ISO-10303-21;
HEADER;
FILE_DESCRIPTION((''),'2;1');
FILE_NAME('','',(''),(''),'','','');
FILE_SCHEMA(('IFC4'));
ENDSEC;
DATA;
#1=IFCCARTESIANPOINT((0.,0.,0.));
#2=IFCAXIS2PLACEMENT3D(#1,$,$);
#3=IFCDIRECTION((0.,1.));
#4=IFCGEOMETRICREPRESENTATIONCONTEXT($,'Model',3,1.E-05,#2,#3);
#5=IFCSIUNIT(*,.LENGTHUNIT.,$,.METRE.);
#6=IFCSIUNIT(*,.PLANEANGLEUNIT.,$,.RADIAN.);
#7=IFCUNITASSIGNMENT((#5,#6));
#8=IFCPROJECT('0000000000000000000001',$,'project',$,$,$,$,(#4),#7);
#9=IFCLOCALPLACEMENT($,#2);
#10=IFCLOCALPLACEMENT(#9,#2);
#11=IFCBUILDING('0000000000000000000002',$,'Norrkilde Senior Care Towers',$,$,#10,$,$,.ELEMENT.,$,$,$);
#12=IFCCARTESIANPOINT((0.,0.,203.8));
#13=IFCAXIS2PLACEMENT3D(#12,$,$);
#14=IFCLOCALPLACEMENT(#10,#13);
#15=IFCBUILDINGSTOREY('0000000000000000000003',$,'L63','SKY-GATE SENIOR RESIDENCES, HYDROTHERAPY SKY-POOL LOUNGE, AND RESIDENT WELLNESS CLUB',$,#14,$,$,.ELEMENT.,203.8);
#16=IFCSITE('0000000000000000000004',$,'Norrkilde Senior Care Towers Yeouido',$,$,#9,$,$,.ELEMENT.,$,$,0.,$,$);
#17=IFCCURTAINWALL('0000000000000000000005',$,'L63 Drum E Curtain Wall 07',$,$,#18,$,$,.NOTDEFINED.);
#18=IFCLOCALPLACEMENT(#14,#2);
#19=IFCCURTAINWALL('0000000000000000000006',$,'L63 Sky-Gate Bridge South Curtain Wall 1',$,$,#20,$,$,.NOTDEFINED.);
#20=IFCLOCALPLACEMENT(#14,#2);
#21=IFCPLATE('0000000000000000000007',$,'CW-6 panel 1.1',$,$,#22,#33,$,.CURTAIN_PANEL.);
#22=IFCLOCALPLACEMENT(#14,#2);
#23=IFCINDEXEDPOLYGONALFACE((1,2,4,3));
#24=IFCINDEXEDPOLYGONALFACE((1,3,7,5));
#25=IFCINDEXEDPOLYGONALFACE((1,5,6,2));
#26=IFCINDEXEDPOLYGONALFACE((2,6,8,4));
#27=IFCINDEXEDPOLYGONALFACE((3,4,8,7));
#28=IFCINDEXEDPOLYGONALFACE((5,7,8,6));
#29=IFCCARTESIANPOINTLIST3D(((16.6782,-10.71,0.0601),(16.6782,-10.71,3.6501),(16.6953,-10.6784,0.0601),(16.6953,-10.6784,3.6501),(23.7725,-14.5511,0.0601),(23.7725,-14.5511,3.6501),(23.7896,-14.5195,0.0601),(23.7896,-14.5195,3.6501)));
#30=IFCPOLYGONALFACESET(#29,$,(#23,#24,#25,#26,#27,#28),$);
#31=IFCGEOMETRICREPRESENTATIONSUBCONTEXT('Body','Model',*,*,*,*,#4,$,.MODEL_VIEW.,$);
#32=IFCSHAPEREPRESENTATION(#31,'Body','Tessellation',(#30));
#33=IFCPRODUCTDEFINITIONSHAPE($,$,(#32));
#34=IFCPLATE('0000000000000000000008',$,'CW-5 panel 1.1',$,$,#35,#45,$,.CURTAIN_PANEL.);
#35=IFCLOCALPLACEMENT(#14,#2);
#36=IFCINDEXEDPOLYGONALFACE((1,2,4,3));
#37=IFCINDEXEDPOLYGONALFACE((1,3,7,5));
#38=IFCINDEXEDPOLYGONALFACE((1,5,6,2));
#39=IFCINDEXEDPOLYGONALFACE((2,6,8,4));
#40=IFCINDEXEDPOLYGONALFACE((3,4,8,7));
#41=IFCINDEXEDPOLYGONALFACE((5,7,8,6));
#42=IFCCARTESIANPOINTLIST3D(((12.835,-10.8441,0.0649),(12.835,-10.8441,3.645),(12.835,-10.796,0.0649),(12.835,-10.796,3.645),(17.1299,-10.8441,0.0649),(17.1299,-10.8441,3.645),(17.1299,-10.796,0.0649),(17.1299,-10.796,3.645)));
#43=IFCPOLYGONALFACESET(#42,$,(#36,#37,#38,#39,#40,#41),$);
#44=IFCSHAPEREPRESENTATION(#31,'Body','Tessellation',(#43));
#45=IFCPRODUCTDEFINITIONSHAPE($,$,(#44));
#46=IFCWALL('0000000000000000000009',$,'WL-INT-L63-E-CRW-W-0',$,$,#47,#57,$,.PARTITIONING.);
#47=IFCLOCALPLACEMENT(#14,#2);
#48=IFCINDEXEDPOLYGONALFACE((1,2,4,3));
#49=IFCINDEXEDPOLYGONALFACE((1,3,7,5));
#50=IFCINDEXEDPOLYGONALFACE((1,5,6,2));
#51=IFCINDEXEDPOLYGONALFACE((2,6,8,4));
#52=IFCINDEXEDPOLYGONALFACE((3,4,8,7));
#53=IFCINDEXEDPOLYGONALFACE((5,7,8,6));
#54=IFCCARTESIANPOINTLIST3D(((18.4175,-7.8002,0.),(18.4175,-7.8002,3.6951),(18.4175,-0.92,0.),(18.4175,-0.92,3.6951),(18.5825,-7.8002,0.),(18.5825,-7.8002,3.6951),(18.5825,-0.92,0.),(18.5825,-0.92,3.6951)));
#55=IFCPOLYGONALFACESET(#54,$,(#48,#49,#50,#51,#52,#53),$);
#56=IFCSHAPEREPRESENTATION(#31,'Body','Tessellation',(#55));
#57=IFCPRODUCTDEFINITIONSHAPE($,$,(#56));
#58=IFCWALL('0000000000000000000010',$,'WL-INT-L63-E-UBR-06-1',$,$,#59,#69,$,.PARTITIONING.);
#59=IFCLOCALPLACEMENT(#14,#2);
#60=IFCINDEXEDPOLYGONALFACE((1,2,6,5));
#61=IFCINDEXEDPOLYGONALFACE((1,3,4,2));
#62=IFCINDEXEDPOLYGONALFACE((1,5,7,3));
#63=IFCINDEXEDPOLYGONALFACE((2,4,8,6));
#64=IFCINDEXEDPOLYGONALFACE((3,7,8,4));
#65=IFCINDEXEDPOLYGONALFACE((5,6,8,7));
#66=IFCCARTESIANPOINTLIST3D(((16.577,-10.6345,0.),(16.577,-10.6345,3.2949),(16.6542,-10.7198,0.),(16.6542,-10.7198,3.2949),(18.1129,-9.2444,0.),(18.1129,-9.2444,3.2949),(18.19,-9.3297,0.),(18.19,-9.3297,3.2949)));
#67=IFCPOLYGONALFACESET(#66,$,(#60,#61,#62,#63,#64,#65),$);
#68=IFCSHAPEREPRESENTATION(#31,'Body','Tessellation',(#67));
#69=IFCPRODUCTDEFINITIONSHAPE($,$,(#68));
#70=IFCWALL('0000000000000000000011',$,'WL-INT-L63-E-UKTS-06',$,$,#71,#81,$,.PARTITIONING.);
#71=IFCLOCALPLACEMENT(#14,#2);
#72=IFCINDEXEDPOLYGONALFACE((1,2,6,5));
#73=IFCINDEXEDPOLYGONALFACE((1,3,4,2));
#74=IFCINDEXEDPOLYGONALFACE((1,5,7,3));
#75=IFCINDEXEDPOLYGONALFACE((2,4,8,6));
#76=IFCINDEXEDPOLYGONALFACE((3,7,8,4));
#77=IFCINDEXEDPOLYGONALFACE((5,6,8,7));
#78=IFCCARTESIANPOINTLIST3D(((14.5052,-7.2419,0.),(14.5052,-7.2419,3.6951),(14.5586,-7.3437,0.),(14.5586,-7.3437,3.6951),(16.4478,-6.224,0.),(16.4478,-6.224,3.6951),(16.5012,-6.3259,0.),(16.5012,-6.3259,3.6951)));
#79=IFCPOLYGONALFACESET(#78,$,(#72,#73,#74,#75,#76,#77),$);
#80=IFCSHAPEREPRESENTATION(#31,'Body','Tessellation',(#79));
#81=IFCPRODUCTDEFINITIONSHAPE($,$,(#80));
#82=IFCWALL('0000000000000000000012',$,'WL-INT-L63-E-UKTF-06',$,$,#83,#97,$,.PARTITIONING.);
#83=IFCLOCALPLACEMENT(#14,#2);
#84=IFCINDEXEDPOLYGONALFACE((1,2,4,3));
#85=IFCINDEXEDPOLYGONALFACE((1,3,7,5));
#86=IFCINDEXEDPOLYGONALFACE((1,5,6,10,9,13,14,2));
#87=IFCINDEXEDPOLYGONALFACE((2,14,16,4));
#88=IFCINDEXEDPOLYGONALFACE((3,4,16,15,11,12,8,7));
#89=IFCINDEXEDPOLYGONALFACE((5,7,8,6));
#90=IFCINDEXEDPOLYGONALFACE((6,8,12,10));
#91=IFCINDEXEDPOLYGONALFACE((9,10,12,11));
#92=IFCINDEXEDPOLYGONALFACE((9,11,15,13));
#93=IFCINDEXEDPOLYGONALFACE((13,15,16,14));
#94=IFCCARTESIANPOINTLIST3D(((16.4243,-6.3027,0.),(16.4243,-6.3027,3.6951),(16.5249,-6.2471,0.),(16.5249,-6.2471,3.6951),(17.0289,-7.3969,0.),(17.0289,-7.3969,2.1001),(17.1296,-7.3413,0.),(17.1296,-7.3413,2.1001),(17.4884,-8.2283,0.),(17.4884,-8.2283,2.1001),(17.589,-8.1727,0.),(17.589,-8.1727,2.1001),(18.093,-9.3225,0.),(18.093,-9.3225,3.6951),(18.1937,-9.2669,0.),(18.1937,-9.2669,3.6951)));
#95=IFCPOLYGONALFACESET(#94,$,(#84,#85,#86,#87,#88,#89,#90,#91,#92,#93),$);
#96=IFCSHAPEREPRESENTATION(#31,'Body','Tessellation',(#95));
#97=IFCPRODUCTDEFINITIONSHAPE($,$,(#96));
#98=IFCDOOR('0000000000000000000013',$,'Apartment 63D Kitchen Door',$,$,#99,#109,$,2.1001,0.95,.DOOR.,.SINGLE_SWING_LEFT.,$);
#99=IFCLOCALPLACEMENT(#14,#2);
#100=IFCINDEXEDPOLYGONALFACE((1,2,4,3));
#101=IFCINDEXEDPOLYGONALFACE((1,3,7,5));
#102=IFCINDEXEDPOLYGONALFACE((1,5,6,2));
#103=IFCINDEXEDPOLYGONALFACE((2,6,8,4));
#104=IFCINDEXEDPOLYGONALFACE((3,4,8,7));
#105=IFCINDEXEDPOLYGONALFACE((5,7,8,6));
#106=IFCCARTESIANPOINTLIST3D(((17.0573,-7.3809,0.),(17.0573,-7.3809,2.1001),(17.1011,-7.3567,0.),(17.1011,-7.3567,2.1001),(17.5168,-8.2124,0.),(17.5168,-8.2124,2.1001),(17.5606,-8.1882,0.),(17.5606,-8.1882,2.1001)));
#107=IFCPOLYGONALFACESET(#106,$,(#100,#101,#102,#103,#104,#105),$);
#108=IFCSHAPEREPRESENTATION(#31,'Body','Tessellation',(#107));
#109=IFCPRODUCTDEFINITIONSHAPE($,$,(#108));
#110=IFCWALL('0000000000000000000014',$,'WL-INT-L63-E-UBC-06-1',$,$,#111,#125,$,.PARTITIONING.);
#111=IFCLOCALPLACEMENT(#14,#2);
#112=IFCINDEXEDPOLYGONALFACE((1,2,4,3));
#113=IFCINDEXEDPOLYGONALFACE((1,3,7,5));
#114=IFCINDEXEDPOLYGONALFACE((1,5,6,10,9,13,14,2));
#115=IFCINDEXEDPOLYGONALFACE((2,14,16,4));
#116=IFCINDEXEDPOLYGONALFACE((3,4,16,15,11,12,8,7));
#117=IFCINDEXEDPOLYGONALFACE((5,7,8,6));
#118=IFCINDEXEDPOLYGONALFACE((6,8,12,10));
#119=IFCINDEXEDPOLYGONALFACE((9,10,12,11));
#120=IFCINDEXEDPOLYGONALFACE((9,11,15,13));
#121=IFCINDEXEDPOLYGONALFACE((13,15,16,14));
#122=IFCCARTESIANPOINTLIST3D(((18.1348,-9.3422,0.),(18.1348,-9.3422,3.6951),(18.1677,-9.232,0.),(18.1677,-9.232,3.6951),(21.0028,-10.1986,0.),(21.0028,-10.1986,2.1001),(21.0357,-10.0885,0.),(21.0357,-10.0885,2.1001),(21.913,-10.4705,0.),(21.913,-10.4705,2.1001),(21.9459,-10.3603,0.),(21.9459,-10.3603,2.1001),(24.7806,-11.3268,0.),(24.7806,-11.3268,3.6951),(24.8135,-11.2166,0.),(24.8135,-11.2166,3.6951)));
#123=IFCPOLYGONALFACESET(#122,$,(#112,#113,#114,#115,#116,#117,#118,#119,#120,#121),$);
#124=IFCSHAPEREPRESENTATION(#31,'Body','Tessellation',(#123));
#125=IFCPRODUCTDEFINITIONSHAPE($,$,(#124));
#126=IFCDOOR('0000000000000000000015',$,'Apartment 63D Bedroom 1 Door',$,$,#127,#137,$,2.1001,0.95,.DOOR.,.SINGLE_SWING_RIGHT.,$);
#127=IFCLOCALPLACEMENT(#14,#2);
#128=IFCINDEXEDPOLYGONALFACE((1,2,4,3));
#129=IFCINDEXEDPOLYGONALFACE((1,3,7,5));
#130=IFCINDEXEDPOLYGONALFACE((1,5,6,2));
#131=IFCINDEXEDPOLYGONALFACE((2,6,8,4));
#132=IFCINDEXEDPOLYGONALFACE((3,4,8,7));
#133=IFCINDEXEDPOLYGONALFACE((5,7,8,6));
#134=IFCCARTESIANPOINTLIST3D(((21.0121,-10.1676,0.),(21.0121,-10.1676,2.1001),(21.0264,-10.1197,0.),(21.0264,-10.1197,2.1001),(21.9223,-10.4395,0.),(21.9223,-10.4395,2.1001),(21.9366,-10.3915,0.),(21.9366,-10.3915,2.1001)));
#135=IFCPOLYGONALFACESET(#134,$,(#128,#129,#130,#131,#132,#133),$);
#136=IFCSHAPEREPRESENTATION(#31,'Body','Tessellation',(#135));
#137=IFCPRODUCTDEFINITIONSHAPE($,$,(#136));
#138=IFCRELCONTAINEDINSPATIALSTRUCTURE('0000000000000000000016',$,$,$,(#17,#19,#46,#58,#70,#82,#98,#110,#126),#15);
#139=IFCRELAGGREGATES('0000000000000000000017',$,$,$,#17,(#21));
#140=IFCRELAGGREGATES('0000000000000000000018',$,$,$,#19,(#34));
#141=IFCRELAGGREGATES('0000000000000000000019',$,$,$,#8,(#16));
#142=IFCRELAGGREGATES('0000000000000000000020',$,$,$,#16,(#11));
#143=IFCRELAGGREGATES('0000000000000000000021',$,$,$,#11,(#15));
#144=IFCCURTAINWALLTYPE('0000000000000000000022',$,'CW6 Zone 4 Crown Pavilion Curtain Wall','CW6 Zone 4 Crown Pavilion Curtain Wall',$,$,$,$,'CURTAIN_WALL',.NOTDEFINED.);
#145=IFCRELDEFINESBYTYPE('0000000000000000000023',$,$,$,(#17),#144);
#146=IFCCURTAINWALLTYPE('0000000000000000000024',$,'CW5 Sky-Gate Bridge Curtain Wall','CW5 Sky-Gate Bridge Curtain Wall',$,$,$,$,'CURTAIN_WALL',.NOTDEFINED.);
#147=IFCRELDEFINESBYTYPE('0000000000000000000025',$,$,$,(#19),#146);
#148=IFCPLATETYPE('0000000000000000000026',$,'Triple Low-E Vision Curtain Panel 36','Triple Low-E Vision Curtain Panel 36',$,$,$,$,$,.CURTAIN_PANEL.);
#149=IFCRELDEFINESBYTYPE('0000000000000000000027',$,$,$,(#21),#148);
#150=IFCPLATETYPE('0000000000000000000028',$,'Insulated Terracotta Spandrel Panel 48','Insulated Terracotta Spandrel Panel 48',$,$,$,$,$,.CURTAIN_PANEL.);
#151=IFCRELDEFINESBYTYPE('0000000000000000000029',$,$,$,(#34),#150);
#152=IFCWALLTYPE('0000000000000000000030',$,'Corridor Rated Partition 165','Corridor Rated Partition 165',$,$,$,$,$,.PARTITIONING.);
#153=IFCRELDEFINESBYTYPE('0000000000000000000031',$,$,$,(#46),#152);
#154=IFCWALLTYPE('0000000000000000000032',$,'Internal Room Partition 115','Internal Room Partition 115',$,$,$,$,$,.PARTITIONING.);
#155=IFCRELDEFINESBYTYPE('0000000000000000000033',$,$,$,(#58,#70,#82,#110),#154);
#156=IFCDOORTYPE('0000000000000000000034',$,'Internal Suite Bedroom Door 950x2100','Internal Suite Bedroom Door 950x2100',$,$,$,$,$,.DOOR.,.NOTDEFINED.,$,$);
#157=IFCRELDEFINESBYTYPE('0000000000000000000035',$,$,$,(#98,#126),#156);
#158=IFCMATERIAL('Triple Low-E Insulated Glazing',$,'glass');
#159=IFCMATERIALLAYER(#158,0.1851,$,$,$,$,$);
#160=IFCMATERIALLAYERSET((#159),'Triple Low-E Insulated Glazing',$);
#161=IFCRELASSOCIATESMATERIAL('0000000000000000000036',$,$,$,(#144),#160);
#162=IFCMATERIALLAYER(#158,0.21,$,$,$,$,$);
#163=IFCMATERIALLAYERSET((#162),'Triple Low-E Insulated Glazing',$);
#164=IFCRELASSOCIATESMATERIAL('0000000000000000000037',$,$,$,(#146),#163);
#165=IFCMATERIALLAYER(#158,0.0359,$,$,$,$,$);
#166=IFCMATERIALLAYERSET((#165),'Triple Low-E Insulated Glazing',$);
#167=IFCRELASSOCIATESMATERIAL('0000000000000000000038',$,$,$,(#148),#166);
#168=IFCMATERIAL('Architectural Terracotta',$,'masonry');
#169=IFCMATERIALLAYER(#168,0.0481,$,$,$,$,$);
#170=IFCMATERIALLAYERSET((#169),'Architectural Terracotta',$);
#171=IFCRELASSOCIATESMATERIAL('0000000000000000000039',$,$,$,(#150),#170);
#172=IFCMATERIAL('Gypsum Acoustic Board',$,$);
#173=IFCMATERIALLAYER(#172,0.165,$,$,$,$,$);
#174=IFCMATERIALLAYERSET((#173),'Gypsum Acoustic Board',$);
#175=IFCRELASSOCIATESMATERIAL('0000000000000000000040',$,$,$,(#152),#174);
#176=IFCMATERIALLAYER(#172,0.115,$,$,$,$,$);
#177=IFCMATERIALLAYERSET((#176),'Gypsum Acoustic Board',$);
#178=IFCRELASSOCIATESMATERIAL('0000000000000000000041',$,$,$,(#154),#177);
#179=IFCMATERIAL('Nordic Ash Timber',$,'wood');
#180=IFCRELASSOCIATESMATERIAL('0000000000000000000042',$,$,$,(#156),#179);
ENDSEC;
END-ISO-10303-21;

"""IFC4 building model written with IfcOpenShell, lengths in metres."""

from ifc_helpers import new_model, si_unit, direction, frame, frame_2d, origin, origin_2d, place, context, subcontext, project, spatial, rectangle, extrude, source, transform, mapped, material, layer, layer_set, type_object, type_shapes, element, fill, aggregate, save


model = new_model("IFC4")

# Units and contexts
model_context = context("Model", 3, precision=1e-05, world=origin(), true_north=direction((0.0, 1.0)))
body_context = subcontext(model_context, "Body", "Model", "MODEL_VIEW")
ifc_project = project(units=[si_unit("LENGTHUNIT", "METRE"), si_unit("PLANEANGLEUNIT", "RADIAN")], contexts=[model_context])

# Site, building, storey
site_placement = place(None, origin())
site = spatial("IfcSite", under=ifc_project, at=site_placement, Name="Norrkilde Senior Care Towers Yeouido", CompositionType="ELEMENT", RefElevation=0.0)
building_placement = place(site_placement, origin())
building = spatial("IfcBuilding", under=site, at=building_placement, Name="Norrkilde Senior Care Towers", CompositionType="ELEMENT")
storey_placement = place(building_placement, frame((0.0, 0.0, 203.8)))
storey = spatial("IfcBuildingStorey", under=building, at=storey_placement, Name="L63", Description="SKY-GATE SENIOR RESIDENCES, HYDROTHERAPY SKY-POOL LOUNGE, AND RESIDENT WELLNESS CLUB", CompositionType="ELEMENT", Elevation=203.8)

# Curtain wall
ifc_material_1 = material(Name="Triple Low-E Insulated Glazing", Category="glass")
ifc_layer_1 = layer(ifc_material_1, 0.1851)
ifc_layer_set_1 = layer_set([ifc_layer_1], Name="Triple Low-E Insulated Glazing")
curtain_wall_type_1 = type_object("IfcCurtainWallType", Name="CW6 Zone 4 Crown Pavilion Curtain Wall", Description="CW6 Zone 4 Crown Pavilion Curtain Wall", ElementType="CURTAIN_WALL", PredefinedType="NOTDEFINED", material=ifc_layer_set_1)
curtain_wall_1_placement = place(storey_placement, origin())
curtain_wall_1 = element("IfcCurtainWall", 1, at=curtain_wall_1_placement, inside=storey, type_object=curtain_wall_type_1, Name="L63 Drum E Curtain Wall 07", PredefinedType="NOTDEFINED")

# Curtain wall
ifc_layer_2 = layer(ifc_material_1, 0.21)
ifc_layer_set_2 = layer_set([ifc_layer_2], Name="Triple Low-E Insulated Glazing")
curtain_wall_type_2 = type_object("IfcCurtainWallType", Name="CW5 Sky-Gate Bridge Curtain Wall", Description="CW5 Sky-Gate Bridge Curtain Wall", ElementType="CURTAIN_WALL", PredefinedType="NOTDEFINED", material=ifc_layer_set_2)
curtain_wall_2_placement = place(storey_placement, origin())
curtain_wall_2 = element("IfcCurtainWall", 2, at=curtain_wall_2_placement, inside=storey, type_object=curtain_wall_type_2, Name="L63 Sky-Gate Bridge South Curtain Wall 1", PredefinedType="NOTDEFINED")

# Plates
ifc_layer_3 = layer(ifc_material_1, 0.0359)
ifc_layer_set_3 = layer_set([ifc_layer_3], Name="Triple Low-E Insulated Glazing")
plate_type_1 = type_object("IfcPlateType", Name="Triple Low-E Vision Curtain Panel 36", Description="Triple Low-E Vision Curtain Panel 36", PredefinedType="CURTAIN_PANEL", material=ifc_layer_set_3)
shared_shape_1 = source(origin(), body_context, "Body", "SweptSolid", [
    extrude(rectangle(XDim=8.0674, YDim=0.0359, at=origin_2d()), origin(), (0.0, 0.0, 1.0), 3.5901),
])
type_shapes(plate_type_1, [shared_shape_1])
plate_1_placement = place(storey_placement, frame((20.2339, -12.6147, 0.0601), z_axis=(0.0, 0.0, 1.0), x_axis=(-0.879373, 0.476133, 0.0)))
plate_1 = element("IfcPlate", 3, at=plate_1_placement, type_object=plate_type_1, Name="CW-6 panel 1.1", PredefinedType="CURTAIN_PANEL", context=body_context, shape_type="MappedRepresentation", body=[
    mapped(shared_shape_1, transform((0.0, 0.0, 0.0), x_axis=(1.0, 0.0, 0.0), y_axis=(0.0, 1.0, 0.0), z_axis=(0.0, 0.0, 1.0), scale=1.0)),
])
aggregate(curtain_wall_1, [plate_1])
ifc_material_2 = material(Name="Architectural Terracotta", Category="masonry")
ifc_layer_4 = layer(ifc_material_2, 0.0481)
ifc_layer_set_4 = layer_set([ifc_layer_4], Name="Architectural Terracotta")
plate_type_2 = type_object("IfcPlateType", Name="Insulated Terracotta Spandrel Panel 48", Description="Insulated Terracotta Spandrel Panel 48", PredefinedType="CURTAIN_PANEL", material=ifc_layer_set_4)
shared_shape_2 = source(origin(), body_context, "Body", "SweptSolid", [
    extrude(rectangle(XDim=4.2949, YDim=0.0481, at=origin_2d()), origin(), (0.0, 0.0, 1.0), 3.5801),
])
type_shapes(plate_type_2, [shared_shape_2])
plate_2_placement = place(storey_placement, frame((14.9824, -10.8201, 0.0649), z_axis=(0.0, 0.0, 1.0), x_axis=(-1.0, 0.0, 0.0)))
plate_2 = element("IfcPlate", 4, at=plate_2_placement, type_object=plate_type_2, Name="CW-5 panel 1.1", PredefinedType="CURTAIN_PANEL", context=body_context, shape_type="MappedRepresentation", body=[
    mapped(shared_shape_2, transform((0.0, 0.0, 0.0), x_axis=(1.0, 0.0, 0.0), y_axis=(0.0, 1.0, 0.0), z_axis=(0.0, 0.0, 1.0), scale=1.0)),
])
aggregate(curtain_wall_2, [plate_2])

# Walls
ifc_material_3 = material(Name="Gypsum Acoustic Board")
ifc_layer_5 = layer(ifc_material_3, 0.165)
ifc_layer_set_5 = layer_set([ifc_layer_5], Name="Gypsum Acoustic Board")
wall_type_1 = type_object("IfcWallType", Name="Corridor Rated Partition 165", Description="Corridor Rated Partition 165", PredefinedType="PARTITIONING", material=ifc_layer_set_5)
shared_shape_3 = source(origin(), body_context, "Body", "SweptSolid", [
    extrude(rectangle(XDim=6.8801, YDim=0.165, at=frame_2d((3.4399, 0.0))), origin(), (0.0, 0.0, 1.0), 3.6951),
])
type_shapes(wall_type_1, [shared_shape_3])
wall_1_placement = place(storey_placement, frame((18.5, -7.8, 0.0), z_axis=(0.0, 0.0, 1.0), x_axis=(0.0, 1.0, 0.0)))
element("IfcWall", 5, at=wall_1_placement, inside=storey, type_object=wall_type_1, Name="WL-INT-L63-E-CRW-W-0", PredefinedType="PARTITIONING", context=body_context, shape_type="MappedRepresentation", body=[
    mapped(shared_shape_3, transform((0.0, 0.0, 0.0), x_axis=(1.0, 0.0, 0.0), y_axis=(0.0, 1.0, 0.0), z_axis=(0.0, 0.0, 1.0), scale=1.0)),
])
ifc_layer_6 = layer(ifc_material_3, 0.115)
ifc_layer_set_6 = layer_set([ifc_layer_6], Name="Gypsum Acoustic Board")
wall_type_2 = type_object("IfcWallType", Name="Internal Room Partition 115", Description="Internal Room Partition 115", PredefinedType="PARTITIONING", material=ifc_layer_set_6)
shared_shape_4 = source(origin(), body_context, "Body", "SweptSolid", [
    extrude(rectangle(XDim=2.0715, YDim=0.115, at=frame_2d((1.0356, 0.0))), origin(), (0.0, 0.0, 1.0), 3.2949),
])
wall_2_placement = place(storey_placement, frame((18.1514, -9.2871, 0.0), z_axis=(0.0, 0.0, 1.0), x_axis=(-0.74141, -0.671052, 0.0)))
element("IfcWall", 6, at=wall_2_placement, inside=storey, type_object=wall_type_2, Name="WL-INT-L63-E-UBR-06-1", PredefinedType="PARTITIONING", context=body_context, shape_type="MappedRepresentation", body=[
    mapped(shared_shape_4, transform((0.0, 0.0, 0.0), x_axis=(1.0, 0.0, 0.0), y_axis=(0.0, 1.0, 0.0), z_axis=(0.0, 0.0, 1.0), scale=1.0)),
])
shared_shape_5 = source(origin(), body_context, "Body", "SweptSolid", [
    extrude(rectangle(XDim=2.1931, YDim=0.115, at=frame_2d((1.0967, 0.0))), origin(), (0.0, 0.0, 1.0), 3.6951),
])
wall_3_placement = place(storey_placement, frame((16.4746, -6.2749, 0.0), z_axis=(0.0, 0.0, 1.0), x_axis=(-0.885784, -0.464099, 0.0)))
element("IfcWall", 7, at=wall_3_placement, inside=storey, type_object=wall_type_2, Name="WL-INT-L63-E-UKTS-06", PredefinedType="PARTITIONING", context=body_context, shape_type="MappedRepresentation", body=[
    mapped(shared_shape_5, transform((0.0, 0.0, 0.0), x_axis=(1.0, 0.0, 0.0), y_axis=(0.0, 1.0, 0.0), z_axis=(0.0, 0.0, 1.0), scale=1.0)),
])

# Walls, openings, doors
shared_shape_6 = source(origin(), body_context, "Body", "SweptSolid", [
    extrude(rectangle(XDim=3.4502, YDim=0.115, at=frame_2d((1.7251, 0.0))), origin(), (0.0, 0.0, 1.0), 3.6951),
])
wall_4_placement = place(storey_placement, frame((16.4746, -6.2749, 0.0), z_axis=(0.0, 0.0, 1.0), x_axis=(0.483659, -0.875257, 0.0)))
wall_4 = element("IfcWall", 8, at=wall_4_placement, inside=storey, type_object=wall_type_2, Name="WL-INT-L63-E-UKTF-06", PredefinedType="PARTITIONING", context=body_context, shape_type="MappedRepresentation", body=[
    mapped(shared_shape_6, transform((0.0, 0.0, 0.0), x_axis=(1.0, 0.0, 0.0), y_axis=(0.0, 1.0, 0.0), z_axis=(0.0, 0.0, 1.0), scale=1.0)),
])
opening_1_placement = place(wall_4_placement, frame((1.25, 0.0, 0.0)))
opening_1 = element("IfcOpeningElement", 9, at=opening_1_placement, cuts=wall_4, PredefinedType="OPENING", context=body_context, shape_type="SweptSolid", body=[
    extrude(rectangle(XDim=0.95, YDim=2.1001, at=frame_2d((0.4751, 1.05))), frame((0.0, 0.0674, 0.0), z_axis=(0.0, -1.0, 0.0), x_axis=(1.0, 0.0, 0.0)), (0.0, 0.0, 1.0), 0.135),
])
ifc_material_4 = material(Name="Nordic Ash Timber", Category="wood")
door_type = type_object("IfcDoorType", Name="Internal Suite Bedroom Door 950x2100", Description="Internal Suite Bedroom Door 950x2100", OperationType="NOTDEFINED", PredefinedType="DOOR", material=ifc_material_4)
shared_shape_7 = source(origin(), body_context, "Body", "SweptSolid", [
    extrude(rectangle(XDim=0.95, YDim=2.1001, at=frame_2d((0.4751, 1.05))), frame((0.0, 0.0249, 0.0), z_axis=(0.0, -1.0, 0.0), x_axis=(1.0, 0.0, 0.0)), (0.0, 0.0, 1.0), 0.05),
])
type_shapes(door_type, [shared_shape_7])
door_1_placement = place(opening_1_placement, frame((0.95, 0.0, 0.0), z_axis=(0.0, 0.0, 1.0), x_axis=(-1.0, 0.0, 0.0)))
door_1 = element("IfcDoor", 10, at=door_1_placement, inside=storey, type_object=door_type, Name="Apartment 63D Kitchen Door", OperationType="SINGLE_SWING_LEFT", OverallHeight=2.1001, OverallWidth=0.95, PredefinedType="DOOR", context=body_context, shape_type="MappedRepresentation", body=[
    mapped(shared_shape_7, transform((0.0, 0.0, 0.0), x_axis=(1.0, 0.0, 0.0), y_axis=(0.0, 1.0, 0.0), z_axis=(0.0, 0.0, 1.0), scale=1.0)),
])
fill(opening_1, door_1)
shared_shape_8 = source(origin(), body_context, "Body", "SweptSolid", [
    extrude(rectangle(XDim=6.9358, YDim=0.115, at=frame_2d((3.4678, 0.0))), origin(), (0.0, 0.0, 1.0), 3.6951),
])
type_shapes(wall_type_2, [shared_shape_4, shared_shape_5, shared_shape_6, shared_shape_8])
wall_5_placement = place(storey_placement, frame((18.1514, -9.2871, 0.0), z_axis=(0.0, 0.0, 1.0), x_axis=(0.958187, -0.286143, 0.0)))
wall_5 = element("IfcWall", 11, at=wall_5_placement, inside=storey, type_object=wall_type_2, Name="WL-INT-L63-E-UBC-06-1", PredefinedType="PARTITIONING", context=body_context, shape_type="MappedRepresentation", body=[
    mapped(shared_shape_8, transform((0.0, 0.0, 0.0), x_axis=(1.0, 0.0, 0.0), y_axis=(0.0, 1.0, 0.0), z_axis=(0.0, 0.0, 1.0), scale=1.0)),
])
opening_2_placement = place(wall_5_placement, frame((2.9929, 0.0, 0.0)))
opening_2 = element("IfcOpeningElement", 12, at=opening_2_placement, cuts=wall_5, PredefinedType="OPENING", context=body_context, shape_type="SweptSolid", body=[
    extrude(rectangle(XDim=0.95, YDim=2.1001, at=frame_2d((0.4751, 1.05))), frame((0.0, 0.0674, 0.0), z_axis=(0.0, -1.0, 0.0), x_axis=(1.0, 0.0, 0.0)), (0.0, 0.0, 1.0), 0.135),
])
door_2_placement = place(opening_2_placement, origin())
door_2 = element("IfcDoor", 13, at=door_2_placement, inside=storey, type_object=door_type, Name="Apartment 63D Bedroom 1 Door", OperationType="SINGLE_SWING_RIGHT", OverallHeight=2.1001, OverallWidth=0.95, PredefinedType="DOOR", context=body_context, shape_type="MappedRepresentation", body=[
    mapped(shared_shape_7, transform((0.0, 0.0, 0.0), x_axis=(1.0, 0.0, 0.0), y_axis=(0.0, 1.0, 0.0), z_axis=(0.0, 0.0, 1.0), scale=1.0)),
])
fill(opening_2, door_2)

save(model, "model.ifc")
